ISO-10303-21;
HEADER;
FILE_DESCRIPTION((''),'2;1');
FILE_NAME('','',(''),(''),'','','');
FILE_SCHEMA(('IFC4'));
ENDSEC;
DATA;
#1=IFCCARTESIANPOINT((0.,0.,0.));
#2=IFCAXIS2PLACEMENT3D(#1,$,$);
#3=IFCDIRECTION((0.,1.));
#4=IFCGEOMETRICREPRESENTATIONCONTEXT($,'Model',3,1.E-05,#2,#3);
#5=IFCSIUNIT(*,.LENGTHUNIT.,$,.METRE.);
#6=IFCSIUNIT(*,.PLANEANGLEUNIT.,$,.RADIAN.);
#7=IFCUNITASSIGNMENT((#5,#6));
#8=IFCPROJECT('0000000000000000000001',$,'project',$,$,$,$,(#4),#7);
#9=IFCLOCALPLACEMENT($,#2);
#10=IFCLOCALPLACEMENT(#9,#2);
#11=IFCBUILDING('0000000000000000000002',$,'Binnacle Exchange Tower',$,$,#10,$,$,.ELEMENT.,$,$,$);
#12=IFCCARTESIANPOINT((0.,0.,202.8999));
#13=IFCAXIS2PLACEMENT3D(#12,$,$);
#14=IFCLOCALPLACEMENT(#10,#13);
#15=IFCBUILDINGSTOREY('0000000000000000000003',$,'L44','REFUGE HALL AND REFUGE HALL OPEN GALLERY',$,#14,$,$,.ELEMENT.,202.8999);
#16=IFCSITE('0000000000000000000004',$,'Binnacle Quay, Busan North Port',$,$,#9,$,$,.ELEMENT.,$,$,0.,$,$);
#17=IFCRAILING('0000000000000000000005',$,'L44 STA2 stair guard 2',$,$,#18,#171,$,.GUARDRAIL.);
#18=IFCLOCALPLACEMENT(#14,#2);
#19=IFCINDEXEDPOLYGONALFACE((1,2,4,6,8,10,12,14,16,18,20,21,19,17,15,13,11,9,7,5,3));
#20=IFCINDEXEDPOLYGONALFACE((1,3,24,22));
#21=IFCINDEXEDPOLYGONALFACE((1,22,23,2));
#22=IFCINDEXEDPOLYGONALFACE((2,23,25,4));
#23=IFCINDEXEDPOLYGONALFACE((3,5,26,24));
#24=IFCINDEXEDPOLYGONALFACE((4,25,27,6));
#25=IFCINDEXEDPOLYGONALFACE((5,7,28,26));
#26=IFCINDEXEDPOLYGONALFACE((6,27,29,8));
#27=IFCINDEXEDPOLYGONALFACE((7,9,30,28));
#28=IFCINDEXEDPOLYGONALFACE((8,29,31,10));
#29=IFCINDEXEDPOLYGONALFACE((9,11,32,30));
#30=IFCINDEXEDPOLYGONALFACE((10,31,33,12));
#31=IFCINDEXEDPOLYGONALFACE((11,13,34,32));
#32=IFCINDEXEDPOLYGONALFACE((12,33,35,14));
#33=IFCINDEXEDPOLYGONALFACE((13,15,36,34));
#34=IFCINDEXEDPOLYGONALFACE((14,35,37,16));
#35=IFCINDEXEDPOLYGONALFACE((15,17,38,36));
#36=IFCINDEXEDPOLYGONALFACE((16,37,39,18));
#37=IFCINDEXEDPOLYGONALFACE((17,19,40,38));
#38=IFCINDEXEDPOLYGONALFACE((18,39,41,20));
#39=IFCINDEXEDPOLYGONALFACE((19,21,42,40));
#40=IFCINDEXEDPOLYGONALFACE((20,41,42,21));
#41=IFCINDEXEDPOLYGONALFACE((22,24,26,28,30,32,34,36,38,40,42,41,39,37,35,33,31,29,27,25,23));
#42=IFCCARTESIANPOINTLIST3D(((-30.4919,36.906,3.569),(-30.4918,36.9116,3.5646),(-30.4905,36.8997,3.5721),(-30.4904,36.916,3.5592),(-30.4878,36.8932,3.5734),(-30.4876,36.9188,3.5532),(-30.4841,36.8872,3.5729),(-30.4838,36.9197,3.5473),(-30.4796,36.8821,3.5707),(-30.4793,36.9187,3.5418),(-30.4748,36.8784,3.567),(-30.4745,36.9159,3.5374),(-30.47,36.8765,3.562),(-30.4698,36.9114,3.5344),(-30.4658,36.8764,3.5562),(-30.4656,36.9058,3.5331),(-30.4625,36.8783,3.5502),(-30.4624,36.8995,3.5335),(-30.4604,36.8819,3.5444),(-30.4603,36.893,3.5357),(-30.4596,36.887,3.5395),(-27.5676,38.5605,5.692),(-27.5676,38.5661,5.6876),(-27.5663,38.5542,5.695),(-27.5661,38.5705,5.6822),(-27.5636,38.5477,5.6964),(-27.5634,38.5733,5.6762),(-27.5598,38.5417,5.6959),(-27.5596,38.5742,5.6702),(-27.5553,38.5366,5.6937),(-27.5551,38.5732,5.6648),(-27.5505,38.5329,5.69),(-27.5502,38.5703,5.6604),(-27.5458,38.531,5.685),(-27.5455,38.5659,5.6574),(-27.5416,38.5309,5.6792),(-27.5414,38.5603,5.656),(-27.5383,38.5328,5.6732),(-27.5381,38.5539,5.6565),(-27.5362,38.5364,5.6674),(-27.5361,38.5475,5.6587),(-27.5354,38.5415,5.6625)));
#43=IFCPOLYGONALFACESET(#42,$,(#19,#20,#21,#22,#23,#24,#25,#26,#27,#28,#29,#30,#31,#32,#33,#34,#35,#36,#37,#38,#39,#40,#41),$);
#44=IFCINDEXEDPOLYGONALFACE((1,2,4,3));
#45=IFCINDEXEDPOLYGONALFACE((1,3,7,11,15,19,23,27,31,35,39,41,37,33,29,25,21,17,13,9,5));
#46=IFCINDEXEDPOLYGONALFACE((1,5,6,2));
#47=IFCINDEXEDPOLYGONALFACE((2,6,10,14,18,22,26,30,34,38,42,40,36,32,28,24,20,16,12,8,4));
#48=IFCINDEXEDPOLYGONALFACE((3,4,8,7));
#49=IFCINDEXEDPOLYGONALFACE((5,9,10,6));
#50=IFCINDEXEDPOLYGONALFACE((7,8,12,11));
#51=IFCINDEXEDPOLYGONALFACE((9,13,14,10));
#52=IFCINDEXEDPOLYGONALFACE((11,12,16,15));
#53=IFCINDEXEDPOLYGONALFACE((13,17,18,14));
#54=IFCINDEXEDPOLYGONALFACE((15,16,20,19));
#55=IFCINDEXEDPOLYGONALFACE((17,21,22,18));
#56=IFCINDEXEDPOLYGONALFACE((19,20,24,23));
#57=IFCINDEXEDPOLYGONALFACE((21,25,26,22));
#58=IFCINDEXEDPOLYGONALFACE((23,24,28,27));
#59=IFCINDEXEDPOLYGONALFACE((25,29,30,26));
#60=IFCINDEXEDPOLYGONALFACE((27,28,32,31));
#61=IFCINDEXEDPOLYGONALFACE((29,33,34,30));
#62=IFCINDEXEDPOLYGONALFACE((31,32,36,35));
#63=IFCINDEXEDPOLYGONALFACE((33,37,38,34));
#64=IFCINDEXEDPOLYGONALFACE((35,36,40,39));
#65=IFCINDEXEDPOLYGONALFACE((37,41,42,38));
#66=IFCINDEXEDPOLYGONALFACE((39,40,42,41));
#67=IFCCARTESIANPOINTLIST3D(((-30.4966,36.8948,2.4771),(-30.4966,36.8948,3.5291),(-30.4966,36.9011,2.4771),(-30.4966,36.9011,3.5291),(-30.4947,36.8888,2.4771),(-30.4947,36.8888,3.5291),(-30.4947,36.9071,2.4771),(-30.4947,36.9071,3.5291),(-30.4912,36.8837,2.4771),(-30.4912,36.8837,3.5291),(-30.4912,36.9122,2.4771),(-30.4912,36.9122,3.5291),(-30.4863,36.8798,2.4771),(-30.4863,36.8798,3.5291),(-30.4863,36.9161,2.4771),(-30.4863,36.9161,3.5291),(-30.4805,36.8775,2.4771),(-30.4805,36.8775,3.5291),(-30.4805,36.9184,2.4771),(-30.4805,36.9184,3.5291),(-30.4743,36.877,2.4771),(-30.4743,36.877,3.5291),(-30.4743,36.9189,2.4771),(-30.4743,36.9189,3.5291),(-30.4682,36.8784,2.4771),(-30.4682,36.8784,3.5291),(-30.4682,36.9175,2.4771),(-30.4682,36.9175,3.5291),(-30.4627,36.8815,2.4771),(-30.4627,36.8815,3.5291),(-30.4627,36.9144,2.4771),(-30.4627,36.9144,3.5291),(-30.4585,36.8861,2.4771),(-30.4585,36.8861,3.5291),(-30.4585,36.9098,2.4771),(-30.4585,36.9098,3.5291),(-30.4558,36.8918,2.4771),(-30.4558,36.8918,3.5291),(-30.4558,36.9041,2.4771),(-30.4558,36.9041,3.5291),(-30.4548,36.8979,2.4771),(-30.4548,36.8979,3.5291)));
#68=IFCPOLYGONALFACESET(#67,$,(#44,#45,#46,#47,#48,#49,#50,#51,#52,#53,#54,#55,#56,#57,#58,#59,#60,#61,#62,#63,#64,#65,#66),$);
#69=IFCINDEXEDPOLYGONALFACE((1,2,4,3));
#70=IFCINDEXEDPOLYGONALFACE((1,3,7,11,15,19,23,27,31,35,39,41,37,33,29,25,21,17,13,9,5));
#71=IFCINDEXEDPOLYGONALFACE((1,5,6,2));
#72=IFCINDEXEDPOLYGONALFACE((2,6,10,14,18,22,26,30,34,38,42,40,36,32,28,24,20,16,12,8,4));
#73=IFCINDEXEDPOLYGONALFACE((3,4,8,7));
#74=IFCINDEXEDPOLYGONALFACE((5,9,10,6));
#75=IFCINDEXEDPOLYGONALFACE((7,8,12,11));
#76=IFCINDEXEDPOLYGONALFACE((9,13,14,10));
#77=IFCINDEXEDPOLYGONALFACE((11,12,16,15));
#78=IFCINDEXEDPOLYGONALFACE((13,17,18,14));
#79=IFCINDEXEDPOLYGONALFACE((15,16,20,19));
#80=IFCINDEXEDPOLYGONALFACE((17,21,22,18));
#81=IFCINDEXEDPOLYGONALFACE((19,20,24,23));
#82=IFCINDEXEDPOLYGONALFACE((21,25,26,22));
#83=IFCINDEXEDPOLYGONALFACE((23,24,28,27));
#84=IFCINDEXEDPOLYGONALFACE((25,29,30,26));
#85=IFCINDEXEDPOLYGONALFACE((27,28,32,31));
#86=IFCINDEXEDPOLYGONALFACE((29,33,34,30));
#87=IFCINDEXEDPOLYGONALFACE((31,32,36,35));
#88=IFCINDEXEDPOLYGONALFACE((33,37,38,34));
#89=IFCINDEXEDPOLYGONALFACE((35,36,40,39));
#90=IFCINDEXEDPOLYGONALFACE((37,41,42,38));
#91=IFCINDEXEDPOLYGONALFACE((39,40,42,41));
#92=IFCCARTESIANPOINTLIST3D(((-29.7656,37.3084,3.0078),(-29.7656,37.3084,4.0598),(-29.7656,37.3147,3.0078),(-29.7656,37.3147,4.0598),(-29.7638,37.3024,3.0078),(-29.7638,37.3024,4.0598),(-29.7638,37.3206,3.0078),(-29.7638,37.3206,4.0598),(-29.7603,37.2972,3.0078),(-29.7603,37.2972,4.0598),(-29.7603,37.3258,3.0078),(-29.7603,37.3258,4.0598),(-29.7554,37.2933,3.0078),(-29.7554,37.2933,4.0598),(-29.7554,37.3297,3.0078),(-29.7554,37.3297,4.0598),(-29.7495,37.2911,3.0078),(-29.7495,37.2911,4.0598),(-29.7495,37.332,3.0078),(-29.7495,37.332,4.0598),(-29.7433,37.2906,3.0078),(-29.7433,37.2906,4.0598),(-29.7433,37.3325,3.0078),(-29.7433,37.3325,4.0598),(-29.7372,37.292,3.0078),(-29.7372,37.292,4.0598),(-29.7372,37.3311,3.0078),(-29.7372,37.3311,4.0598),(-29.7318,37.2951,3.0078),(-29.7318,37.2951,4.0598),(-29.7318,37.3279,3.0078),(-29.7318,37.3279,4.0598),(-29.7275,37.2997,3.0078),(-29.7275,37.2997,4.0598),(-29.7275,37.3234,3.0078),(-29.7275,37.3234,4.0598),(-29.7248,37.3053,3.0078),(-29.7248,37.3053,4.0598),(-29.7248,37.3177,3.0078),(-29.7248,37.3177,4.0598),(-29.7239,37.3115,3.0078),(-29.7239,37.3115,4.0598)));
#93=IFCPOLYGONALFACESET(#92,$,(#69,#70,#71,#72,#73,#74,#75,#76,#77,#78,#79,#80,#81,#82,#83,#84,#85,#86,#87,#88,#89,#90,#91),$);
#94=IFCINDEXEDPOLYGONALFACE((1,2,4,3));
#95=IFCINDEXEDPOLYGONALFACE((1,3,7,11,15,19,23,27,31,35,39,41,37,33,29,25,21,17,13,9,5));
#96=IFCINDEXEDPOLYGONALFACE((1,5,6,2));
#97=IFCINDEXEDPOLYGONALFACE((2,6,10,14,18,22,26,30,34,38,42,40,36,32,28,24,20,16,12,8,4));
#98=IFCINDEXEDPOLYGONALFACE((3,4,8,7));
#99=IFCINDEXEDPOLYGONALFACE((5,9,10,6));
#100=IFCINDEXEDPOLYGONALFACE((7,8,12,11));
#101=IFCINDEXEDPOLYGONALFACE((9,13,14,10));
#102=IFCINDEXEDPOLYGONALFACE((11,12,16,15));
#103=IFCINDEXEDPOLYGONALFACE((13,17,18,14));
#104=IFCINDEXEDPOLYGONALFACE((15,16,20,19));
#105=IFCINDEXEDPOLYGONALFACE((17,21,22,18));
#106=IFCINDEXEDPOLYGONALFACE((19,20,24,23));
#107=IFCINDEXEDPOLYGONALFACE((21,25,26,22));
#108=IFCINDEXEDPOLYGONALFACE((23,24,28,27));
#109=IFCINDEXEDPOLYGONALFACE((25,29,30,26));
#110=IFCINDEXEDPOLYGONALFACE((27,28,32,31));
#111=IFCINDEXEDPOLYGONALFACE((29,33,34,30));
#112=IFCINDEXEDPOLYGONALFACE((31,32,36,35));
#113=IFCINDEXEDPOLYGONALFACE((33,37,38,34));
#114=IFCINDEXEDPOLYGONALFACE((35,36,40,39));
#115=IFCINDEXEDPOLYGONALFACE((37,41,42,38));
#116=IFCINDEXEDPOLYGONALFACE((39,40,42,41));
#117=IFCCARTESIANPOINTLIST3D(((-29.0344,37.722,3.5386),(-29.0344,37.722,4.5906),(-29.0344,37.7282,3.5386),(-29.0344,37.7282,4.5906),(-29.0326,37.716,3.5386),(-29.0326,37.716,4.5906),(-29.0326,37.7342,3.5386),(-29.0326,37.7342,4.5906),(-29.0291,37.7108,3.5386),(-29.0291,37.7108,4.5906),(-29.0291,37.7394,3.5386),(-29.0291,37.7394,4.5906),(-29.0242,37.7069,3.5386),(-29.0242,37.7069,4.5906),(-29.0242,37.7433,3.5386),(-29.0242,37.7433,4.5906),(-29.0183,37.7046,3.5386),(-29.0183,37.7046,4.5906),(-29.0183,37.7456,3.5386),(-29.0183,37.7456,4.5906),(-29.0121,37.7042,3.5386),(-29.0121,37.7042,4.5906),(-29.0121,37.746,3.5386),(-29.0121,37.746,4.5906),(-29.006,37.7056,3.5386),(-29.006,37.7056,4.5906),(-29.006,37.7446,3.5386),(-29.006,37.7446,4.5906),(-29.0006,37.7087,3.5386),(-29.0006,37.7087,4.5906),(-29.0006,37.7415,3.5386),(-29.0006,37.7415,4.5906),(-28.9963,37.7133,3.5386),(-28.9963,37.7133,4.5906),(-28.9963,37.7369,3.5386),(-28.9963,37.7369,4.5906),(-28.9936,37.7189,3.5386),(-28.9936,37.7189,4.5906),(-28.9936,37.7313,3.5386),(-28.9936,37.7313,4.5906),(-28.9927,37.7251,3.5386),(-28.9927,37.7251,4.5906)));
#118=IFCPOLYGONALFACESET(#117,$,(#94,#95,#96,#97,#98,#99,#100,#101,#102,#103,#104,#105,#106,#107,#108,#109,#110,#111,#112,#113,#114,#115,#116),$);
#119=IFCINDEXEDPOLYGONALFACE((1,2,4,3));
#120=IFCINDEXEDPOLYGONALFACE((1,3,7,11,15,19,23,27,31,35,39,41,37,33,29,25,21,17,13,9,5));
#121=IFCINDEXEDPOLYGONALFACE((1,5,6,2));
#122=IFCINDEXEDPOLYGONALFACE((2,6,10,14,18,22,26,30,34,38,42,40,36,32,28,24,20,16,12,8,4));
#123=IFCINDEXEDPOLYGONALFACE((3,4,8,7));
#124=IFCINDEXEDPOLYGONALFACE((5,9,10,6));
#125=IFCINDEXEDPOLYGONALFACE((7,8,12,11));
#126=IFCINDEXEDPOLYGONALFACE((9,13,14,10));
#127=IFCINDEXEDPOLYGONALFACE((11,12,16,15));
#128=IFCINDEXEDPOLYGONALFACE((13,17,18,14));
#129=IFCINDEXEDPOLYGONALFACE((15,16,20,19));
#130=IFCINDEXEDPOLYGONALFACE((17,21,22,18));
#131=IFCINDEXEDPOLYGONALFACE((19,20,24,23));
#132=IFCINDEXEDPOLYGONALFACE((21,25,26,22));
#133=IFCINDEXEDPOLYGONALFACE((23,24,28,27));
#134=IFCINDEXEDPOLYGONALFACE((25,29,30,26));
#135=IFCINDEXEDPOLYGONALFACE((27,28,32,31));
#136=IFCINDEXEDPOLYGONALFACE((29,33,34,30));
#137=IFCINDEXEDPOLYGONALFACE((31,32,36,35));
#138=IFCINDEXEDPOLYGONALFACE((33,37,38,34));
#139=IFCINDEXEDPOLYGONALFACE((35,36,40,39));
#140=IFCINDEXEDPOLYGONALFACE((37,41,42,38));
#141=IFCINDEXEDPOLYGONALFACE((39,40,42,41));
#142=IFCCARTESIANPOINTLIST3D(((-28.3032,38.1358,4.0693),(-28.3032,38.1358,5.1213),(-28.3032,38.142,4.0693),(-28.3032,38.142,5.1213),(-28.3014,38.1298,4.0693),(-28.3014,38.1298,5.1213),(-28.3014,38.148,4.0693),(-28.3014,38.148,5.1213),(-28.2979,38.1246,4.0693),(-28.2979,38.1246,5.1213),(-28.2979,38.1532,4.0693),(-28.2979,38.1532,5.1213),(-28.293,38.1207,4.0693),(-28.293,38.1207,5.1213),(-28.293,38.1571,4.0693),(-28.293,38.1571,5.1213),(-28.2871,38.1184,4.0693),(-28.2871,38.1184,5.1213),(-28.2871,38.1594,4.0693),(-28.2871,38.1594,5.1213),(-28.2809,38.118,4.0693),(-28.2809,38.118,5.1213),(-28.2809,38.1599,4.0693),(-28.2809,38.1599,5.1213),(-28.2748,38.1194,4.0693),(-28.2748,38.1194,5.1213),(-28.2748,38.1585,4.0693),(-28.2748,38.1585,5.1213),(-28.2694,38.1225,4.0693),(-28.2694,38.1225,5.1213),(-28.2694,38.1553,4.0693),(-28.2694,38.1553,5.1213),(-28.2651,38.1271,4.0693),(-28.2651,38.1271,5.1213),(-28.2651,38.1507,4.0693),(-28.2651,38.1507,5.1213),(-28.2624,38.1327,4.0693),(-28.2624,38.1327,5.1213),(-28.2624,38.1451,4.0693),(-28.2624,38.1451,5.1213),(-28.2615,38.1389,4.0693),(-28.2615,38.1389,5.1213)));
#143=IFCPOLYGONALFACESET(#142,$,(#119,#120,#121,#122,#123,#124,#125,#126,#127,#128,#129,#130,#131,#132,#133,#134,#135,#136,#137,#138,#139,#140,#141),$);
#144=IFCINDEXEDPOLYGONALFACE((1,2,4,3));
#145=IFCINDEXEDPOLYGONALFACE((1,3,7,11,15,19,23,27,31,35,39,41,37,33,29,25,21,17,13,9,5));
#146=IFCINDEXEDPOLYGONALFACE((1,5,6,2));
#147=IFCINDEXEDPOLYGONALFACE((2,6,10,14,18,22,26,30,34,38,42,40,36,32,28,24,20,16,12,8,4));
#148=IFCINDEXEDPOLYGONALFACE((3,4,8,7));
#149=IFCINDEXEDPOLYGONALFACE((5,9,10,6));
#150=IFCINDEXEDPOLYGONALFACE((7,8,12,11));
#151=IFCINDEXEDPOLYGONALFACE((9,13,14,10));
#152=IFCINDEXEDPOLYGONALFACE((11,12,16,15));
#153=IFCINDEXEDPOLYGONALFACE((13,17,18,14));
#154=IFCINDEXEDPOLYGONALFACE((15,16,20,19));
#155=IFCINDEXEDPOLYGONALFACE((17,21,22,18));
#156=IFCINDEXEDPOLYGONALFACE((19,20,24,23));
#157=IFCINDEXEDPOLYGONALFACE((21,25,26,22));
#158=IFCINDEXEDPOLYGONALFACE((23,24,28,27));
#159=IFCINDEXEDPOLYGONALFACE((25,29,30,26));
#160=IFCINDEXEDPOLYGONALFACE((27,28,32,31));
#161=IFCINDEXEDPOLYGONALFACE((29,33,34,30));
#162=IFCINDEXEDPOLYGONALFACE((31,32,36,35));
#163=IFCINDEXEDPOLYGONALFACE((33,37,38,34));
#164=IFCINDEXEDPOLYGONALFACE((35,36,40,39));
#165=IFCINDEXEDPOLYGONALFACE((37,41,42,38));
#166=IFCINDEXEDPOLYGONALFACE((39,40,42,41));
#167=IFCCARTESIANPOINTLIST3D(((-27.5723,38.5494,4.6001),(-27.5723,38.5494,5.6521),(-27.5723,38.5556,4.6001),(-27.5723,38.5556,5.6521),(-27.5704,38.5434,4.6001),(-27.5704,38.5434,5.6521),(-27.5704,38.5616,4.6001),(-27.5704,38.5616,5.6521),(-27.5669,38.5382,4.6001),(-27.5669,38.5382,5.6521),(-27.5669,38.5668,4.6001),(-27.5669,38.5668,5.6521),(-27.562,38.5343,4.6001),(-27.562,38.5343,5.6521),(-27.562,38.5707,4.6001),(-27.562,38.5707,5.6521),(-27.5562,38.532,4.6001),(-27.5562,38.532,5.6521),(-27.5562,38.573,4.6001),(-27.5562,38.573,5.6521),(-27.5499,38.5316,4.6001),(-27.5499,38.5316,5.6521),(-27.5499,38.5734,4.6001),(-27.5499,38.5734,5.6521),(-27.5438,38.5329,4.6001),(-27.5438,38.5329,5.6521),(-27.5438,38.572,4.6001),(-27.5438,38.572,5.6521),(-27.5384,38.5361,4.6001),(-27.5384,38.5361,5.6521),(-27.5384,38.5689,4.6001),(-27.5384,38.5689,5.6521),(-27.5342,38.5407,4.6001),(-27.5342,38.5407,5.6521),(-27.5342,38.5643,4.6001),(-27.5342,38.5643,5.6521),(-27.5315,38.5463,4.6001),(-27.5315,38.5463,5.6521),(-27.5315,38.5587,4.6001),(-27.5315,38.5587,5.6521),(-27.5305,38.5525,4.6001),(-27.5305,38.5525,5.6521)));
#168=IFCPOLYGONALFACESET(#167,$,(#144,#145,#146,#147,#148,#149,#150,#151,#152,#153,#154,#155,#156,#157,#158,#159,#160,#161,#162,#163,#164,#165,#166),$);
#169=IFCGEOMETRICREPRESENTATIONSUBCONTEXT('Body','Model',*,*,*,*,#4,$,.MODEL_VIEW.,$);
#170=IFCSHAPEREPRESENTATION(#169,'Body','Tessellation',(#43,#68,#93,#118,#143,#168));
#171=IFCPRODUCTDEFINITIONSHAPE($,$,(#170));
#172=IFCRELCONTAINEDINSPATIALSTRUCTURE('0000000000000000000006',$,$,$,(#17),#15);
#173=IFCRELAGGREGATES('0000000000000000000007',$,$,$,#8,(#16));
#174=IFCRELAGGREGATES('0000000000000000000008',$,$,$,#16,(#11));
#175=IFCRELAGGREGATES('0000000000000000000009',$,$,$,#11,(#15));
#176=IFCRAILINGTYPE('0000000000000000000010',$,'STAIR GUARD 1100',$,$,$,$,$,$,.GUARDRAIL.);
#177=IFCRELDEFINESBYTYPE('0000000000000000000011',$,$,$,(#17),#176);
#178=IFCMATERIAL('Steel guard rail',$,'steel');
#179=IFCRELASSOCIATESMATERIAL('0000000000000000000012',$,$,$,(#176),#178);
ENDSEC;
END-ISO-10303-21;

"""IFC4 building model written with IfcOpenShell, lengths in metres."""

from ifc_helpers import new_model, si_unit, direction, frame, origin, origin_2d, place, context, subcontext, project, spatial, circle, extrude, material, type_object, element, save


model = new_model("IFC4")

# Units and contexts
model_context = context("Model", 3, precision=1e-05, world=origin(), true_north=direction((0.0, 1.0)))
body_context = subcontext(model_context, "Body", "Model", "MODEL_VIEW")
ifc_project = project(units=[si_unit("LENGTHUNIT", "METRE"), si_unit("PLANEANGLEUNIT", "RADIAN")], contexts=[model_context])

# Site, building, storey
site_placement = place(None, origin())
site = spatial("IfcSite", under=ifc_project, at=site_placement, Name="Binnacle Quay, Busan North Port", CompositionType="ELEMENT", RefElevation=0.0)
building_placement = place(site_placement, origin())
building = spatial("IfcBuilding", under=site, at=building_placement, Name="Binnacle Exchange Tower", CompositionType="ELEMENT")
storey_placement = place(building_placement, frame((0.0, 0.0, 202.8999)))
storey = spatial("IfcBuildingStorey", under=building, at=storey_placement, Name="L44", Description="REFUGE HALL AND REFUGE HALL OPEN GALLERY", CompositionType="ELEMENT", Elevation=202.8999)

# Railing
ifc_material_1 = material(Name="Steel guard rail", Category="steel")
railing_type = type_object("IfcRailingType", Name="STAIR GUARD 1100", PredefinedType="GUARDRAIL", material=ifc_material_1)
railing_1_placement = place(storey_placement, frame((-30.4758, 36.8979, 2.4771)))
element("IfcRailing", 1, at=railing_1_placement, inside=storey, type_object=railing_type, Name="L44 STA2 stair guard 2", PredefinedType="GUARDRAIL", context=body_context, shape_type="SweptSolid", body=[
    extrude(circle(Radius=0.0239, at=origin_2d()), frame((0.0, 0.0, 1.0762), z_axis=(0.735774, 0.416292, 0.53417), x_axis=(-0.492433, 0.87035, 0.0)), (0.0, 0.0, 1.0), 3.9744),
    extrude(circle(Radius=0.021, at=origin_2d()), origin(), (0.0, 0.0, 1.0), 1.052),
    extrude(circle(Radius=0.021, at=origin_2d()), frame((0.731, 0.4136, 0.5308)), (0.0, 0.0, 1.0), 1.052),
    extrude(circle(Radius=0.021, at=origin_2d()), frame((1.4622, 0.8271, 1.0615)), (0.0, 0.0, 1.0), 1.052),
    extrude(circle(Radius=0.021, at=origin_2d()), frame((2.1934, 1.241, 1.5923)), (0.0, 0.0, 1.0), 1.052),
    extrude(circle(Radius=0.021, at=origin_2d()), frame((2.9243, 1.6545, 2.123)), (0.0, 0.0, 1.0), 1.052),
])

save(model, "model.ifc")
